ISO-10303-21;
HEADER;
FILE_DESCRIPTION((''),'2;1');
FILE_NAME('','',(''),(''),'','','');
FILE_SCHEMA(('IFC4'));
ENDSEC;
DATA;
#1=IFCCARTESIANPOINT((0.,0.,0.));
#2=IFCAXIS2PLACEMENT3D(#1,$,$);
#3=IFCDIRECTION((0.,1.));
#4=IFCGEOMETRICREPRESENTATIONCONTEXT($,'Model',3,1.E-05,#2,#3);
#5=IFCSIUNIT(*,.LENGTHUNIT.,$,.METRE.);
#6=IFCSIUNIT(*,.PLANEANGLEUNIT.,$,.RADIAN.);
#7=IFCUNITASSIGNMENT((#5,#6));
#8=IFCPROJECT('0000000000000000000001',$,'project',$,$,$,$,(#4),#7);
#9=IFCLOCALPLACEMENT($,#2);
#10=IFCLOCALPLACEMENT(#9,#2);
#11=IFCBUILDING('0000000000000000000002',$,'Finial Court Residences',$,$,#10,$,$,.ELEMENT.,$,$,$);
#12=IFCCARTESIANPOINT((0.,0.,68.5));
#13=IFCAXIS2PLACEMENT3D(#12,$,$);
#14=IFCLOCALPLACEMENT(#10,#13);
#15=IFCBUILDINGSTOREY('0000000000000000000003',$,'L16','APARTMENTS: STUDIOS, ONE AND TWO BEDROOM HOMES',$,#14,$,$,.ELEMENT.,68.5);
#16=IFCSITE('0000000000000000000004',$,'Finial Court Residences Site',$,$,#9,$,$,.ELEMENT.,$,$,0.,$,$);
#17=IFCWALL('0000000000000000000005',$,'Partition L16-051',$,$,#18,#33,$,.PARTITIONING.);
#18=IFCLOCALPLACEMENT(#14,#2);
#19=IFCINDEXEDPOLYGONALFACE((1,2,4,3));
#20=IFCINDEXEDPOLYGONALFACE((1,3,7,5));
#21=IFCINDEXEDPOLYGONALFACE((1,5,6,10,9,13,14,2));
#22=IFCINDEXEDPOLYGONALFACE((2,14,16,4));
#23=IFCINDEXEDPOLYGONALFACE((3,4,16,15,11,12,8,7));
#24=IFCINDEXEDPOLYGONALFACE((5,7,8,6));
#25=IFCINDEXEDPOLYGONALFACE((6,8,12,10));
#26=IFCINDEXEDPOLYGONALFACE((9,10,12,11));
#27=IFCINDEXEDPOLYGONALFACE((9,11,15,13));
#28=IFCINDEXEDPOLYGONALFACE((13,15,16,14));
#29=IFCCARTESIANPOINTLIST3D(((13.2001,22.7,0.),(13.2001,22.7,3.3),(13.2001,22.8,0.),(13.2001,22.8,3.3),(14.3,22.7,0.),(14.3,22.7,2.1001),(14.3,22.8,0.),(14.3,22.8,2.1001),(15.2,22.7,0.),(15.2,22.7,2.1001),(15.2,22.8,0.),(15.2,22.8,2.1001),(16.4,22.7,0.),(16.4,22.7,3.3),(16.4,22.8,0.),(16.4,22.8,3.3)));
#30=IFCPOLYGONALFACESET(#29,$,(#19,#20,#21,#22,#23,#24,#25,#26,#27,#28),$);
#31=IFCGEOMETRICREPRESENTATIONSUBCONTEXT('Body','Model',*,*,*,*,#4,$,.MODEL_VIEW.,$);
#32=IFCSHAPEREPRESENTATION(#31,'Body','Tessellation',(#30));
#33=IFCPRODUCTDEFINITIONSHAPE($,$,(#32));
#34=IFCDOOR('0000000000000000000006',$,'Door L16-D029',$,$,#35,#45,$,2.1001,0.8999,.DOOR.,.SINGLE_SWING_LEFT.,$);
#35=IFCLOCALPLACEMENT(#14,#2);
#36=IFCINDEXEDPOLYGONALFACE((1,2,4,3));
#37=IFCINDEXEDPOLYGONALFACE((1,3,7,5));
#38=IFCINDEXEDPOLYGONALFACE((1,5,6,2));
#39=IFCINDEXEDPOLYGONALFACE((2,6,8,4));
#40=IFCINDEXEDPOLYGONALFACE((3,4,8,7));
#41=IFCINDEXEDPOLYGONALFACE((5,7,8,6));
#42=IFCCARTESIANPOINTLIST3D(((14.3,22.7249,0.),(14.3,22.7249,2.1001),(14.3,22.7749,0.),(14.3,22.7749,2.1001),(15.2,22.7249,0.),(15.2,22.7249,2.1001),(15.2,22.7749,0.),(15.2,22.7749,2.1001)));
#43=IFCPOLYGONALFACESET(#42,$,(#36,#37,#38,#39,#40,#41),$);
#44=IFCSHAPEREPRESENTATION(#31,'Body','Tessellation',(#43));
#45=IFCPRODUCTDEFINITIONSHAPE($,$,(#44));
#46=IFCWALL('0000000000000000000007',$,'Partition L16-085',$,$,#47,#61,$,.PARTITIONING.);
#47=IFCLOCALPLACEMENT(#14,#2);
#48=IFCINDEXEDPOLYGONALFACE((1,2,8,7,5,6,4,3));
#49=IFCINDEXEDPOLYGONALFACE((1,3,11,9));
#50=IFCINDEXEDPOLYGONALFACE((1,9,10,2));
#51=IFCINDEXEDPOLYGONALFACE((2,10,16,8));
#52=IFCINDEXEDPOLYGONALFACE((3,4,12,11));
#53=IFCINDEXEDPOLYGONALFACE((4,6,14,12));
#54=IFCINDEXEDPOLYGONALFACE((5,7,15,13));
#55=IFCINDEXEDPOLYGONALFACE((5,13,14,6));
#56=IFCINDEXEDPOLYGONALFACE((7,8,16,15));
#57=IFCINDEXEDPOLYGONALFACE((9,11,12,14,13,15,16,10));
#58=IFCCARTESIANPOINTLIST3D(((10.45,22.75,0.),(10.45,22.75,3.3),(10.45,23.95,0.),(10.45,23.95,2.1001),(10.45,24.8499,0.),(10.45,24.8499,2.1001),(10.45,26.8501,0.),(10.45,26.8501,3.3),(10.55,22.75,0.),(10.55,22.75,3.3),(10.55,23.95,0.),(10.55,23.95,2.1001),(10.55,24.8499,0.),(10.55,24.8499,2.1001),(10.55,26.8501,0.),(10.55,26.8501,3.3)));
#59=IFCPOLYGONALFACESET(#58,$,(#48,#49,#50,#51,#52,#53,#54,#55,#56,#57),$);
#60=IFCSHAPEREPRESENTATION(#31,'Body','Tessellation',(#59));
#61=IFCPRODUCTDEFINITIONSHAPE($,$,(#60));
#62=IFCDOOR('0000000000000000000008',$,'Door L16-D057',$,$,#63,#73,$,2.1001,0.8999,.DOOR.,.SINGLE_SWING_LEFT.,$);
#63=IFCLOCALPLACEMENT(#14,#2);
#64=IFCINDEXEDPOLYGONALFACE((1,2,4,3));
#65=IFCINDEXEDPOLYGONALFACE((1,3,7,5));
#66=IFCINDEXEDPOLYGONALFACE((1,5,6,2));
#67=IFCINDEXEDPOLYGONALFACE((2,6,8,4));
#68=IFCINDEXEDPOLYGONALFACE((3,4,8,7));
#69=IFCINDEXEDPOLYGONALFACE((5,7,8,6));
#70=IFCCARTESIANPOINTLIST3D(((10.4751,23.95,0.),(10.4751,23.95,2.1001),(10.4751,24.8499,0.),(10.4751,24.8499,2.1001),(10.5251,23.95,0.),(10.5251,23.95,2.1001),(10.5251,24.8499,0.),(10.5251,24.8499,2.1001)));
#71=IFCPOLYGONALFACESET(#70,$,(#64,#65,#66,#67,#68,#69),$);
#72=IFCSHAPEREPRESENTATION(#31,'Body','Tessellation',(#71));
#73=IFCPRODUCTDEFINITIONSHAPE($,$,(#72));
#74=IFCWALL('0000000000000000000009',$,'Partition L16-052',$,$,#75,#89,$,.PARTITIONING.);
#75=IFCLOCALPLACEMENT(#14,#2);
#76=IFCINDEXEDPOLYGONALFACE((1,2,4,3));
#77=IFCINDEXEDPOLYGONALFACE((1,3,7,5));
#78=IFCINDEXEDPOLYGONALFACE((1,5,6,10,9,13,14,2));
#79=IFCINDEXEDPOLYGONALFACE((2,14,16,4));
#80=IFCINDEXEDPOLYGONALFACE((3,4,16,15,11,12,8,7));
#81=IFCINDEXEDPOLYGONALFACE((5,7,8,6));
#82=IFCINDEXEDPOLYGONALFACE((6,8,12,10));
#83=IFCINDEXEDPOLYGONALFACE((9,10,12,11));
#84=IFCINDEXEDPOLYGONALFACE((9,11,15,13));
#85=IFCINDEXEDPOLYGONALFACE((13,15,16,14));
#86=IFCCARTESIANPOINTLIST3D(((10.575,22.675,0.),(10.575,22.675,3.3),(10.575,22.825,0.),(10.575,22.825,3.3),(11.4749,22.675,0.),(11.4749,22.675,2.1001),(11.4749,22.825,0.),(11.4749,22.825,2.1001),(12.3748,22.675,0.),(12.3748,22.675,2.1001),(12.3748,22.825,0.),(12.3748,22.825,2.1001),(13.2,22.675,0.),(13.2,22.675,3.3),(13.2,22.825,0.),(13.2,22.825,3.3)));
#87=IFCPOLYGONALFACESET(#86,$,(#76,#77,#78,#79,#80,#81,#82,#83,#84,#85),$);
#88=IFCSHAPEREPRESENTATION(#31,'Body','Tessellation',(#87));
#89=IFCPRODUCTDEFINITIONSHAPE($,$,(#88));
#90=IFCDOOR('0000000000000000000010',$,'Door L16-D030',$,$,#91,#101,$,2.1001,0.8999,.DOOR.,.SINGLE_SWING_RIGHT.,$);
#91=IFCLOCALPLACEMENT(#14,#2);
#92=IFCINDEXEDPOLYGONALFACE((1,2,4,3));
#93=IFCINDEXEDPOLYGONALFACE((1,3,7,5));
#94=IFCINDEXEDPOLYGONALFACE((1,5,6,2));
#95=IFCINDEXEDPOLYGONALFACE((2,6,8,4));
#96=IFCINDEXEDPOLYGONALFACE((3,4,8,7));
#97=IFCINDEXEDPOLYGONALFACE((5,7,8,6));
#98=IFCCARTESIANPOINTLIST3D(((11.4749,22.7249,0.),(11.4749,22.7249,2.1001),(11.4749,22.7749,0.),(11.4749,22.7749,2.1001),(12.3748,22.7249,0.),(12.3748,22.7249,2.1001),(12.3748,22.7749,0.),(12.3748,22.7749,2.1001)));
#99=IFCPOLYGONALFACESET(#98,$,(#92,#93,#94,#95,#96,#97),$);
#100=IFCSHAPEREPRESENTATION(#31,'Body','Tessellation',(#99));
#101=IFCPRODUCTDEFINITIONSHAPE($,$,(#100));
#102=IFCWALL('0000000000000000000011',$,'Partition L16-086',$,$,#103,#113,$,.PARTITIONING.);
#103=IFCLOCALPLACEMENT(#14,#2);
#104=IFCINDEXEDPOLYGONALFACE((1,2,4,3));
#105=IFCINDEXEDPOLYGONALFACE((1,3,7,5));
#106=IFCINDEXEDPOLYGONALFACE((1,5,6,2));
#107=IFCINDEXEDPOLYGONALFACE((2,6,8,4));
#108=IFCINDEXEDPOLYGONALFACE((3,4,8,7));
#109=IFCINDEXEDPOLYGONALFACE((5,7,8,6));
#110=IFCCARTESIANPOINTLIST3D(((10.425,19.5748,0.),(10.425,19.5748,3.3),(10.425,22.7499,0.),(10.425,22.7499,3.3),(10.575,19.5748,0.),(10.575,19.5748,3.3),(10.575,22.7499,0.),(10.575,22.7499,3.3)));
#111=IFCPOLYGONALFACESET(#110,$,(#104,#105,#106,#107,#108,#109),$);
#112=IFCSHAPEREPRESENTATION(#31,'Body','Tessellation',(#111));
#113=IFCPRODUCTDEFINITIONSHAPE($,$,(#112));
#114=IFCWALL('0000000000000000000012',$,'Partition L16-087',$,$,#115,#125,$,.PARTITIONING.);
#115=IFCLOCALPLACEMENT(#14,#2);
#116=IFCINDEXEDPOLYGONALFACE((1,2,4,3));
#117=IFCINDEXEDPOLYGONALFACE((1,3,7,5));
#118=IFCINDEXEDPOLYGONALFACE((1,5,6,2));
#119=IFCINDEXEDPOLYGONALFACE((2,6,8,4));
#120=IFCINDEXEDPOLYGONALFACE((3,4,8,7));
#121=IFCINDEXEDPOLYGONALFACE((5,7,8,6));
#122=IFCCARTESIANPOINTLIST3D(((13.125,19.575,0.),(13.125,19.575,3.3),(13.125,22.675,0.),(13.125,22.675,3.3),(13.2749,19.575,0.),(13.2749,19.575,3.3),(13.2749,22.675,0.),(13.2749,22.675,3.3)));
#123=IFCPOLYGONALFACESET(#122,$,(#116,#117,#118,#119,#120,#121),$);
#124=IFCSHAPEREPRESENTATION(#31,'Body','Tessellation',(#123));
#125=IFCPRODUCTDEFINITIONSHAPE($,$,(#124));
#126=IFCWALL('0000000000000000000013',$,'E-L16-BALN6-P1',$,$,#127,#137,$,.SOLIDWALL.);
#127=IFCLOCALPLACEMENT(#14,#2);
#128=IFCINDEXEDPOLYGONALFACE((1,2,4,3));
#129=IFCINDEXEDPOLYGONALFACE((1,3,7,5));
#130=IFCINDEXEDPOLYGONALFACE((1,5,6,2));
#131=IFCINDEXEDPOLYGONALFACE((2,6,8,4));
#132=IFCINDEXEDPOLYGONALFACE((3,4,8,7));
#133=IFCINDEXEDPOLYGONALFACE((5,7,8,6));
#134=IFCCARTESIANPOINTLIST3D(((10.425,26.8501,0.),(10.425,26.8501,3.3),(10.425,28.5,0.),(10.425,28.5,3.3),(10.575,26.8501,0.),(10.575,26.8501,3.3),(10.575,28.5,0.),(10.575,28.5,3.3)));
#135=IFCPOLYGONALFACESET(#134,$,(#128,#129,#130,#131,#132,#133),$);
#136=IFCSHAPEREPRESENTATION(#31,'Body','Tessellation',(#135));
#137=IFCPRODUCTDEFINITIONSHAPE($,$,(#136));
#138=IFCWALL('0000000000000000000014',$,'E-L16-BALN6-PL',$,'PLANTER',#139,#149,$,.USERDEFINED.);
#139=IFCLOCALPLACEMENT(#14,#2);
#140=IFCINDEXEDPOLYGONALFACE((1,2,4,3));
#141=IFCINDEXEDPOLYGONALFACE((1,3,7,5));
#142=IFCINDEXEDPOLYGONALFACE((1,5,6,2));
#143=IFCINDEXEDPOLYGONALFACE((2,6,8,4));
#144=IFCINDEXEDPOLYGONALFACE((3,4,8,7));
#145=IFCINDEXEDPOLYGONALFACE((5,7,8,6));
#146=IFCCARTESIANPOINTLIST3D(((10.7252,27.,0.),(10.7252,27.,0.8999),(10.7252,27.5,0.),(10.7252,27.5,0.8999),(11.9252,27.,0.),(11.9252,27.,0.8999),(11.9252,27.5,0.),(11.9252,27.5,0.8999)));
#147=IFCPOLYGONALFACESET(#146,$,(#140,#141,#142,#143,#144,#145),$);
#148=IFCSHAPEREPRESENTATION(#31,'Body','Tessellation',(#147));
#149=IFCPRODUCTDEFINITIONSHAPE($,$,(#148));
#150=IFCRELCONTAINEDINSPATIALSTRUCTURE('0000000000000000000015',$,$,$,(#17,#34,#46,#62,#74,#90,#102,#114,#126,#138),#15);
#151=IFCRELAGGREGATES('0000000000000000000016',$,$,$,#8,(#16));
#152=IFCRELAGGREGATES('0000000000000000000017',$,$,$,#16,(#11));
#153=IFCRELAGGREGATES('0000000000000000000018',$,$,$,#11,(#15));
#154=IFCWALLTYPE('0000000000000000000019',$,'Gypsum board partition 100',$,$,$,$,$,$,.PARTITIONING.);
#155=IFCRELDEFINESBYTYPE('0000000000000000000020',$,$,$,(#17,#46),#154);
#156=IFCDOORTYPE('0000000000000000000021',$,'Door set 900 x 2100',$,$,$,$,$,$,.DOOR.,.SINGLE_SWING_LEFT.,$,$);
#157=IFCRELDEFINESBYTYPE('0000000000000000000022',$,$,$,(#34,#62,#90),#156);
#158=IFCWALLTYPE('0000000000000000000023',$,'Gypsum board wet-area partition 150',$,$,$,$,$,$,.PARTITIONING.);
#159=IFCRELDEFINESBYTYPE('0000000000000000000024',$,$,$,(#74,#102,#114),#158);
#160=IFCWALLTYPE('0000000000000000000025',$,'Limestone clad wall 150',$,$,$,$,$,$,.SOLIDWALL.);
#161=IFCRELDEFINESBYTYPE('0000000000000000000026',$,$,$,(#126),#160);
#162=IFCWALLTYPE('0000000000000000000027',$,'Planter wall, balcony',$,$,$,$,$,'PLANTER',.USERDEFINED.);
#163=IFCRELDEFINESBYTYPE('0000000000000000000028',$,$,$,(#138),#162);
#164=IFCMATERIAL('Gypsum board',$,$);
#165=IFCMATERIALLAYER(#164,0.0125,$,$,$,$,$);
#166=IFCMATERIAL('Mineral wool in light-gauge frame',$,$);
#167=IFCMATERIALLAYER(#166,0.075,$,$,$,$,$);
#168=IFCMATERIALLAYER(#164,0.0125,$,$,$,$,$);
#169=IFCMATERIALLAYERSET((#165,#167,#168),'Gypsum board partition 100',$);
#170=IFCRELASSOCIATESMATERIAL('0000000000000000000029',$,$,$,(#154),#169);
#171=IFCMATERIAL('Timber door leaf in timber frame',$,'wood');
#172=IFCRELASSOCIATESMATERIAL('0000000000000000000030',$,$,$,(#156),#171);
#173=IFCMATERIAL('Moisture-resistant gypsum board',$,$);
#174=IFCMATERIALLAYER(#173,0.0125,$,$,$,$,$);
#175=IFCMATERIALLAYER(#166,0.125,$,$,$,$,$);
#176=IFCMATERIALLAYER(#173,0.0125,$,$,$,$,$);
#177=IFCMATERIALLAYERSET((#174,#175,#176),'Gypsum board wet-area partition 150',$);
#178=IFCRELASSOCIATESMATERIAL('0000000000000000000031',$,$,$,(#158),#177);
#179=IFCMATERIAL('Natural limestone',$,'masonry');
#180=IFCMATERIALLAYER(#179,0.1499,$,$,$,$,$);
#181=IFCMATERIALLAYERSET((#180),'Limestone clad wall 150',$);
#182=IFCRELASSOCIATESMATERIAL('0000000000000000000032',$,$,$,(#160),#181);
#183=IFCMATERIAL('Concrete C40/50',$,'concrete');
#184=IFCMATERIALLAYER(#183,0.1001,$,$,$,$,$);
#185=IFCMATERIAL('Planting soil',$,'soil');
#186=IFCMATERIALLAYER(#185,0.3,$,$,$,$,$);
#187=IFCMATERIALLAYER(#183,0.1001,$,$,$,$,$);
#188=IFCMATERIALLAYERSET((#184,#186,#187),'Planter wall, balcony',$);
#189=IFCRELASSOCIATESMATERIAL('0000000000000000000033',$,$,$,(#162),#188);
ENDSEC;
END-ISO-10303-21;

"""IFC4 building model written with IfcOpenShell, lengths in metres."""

from ifc_helpers import new_model, si_unit, direction, frame, frame_2d, origin, place, context, subcontext, project, spatial, rectangle, extrude, material, layer, layer_set, type_object, element, fill, save


model = new_model("IFC4")

# Units and contexts
model_context = context("Model", 3, precision=1e-05, world=origin(), true_north=direction((0.0, 1.0)))
body_context = subcontext(model_context, "Body", "Model", "MODEL_VIEW")
ifc_project = project(units=[si_unit("LENGTHUNIT", "METRE"), si_unit("PLANEANGLEUNIT", "RADIAN")], contexts=[model_context])

# Site, building, storey
site_placement = place(None, origin())
site = spatial("IfcSite", under=ifc_project, at=site_placement, Name="Finial Court Residences Site", CompositionType="ELEMENT", RefElevation=0.0)
building_placement = place(site_placement, origin())
building = spatial("IfcBuilding", under=site, at=building_placement, Name="Finial Court Residences", CompositionType="ELEMENT")
storey_placement = place(building_placement, frame((0.0, 0.0, 68.5)))
storey = spatial("IfcBuildingStorey", under=building, at=storey_placement, Name="L16", Description="APARTMENTS: STUDIOS, ONE AND TWO BEDROOM HOMES", CompositionType="ELEMENT", Elevation=68.5)

# Shared definitions
ifc_material_1 = material(Name="Gypsum board")

# Walls, openings, doors
ifc_layer_1 = layer(ifc_material_1, 0.0125)
ifc_material_2 = material(Name="Mineral wool in light-gauge frame")
ifc_layer_2 = layer(ifc_material_2, 0.075)
ifc_layer_3 = layer(ifc_material_1, 0.0125)
ifc_layer_set_1 = layer_set([ifc_layer_1, ifc_layer_2, ifc_layer_3], Name="Gypsum board partition 100")
wall_type_1 = type_object("IfcWallType", Name="Gypsum board partition 100", PredefinedType="PARTITIONING", material=ifc_layer_set_1)
wall_1_placement = place(storey_placement, frame((13.2, 22.75, 0.0), z_axis=(0.0, 0.0, 1.0), x_axis=(1.0, 0.0, 0.0)))
wall_1 = element("IfcWall", 1, at=wall_1_placement, inside=storey, type_object=wall_type_1, Name="Partition L16-051", PredefinedType="PARTITIONING", context=body_context, shape_type="SweptSolid", body=[
    extrude(rectangle(XDim=3.2, YDim=0.1001, at=frame_2d((1.6001, 0.0))), origin(), (0.0, 0.0, 1.0), 3.3),
])
opening_1_placement = place(wall_1_placement, frame((1.1001, 0.0, 0.0)))
opening_1 = element("IfcOpeningElement", 2, at=opening_1_placement, cuts=wall_1, PredefinedType="OPENING", context=body_context, shape_type="SweptSolid", body=[
    extrude(rectangle(XDim=0.8999, YDim=2.1001, at=frame_2d((0.45, 1.05))), frame((0.0, 0.0601, 0.0), z_axis=(0.0, -1.0, 0.0), x_axis=(1.0, 0.0, 0.0)), (0.0, 0.0, 1.0), 0.1201),
])
ifc_material_3 = material(Name="Timber door leaf in timber frame", Category="wood")
door_type_1 = type_object("IfcDoorType", Name="Door set 900 x 2100", OperationType="SINGLE_SWING_LEFT", PredefinedType="DOOR", material=ifc_material_3)
door_1_placement = place(opening_1_placement, origin())
door_1 = element("IfcDoor", 3, at=door_1_placement, inside=storey, type_object=door_type_1, Name="Door L16-D029", OperationType="SINGLE_SWING_LEFT", OverallHeight=2.1001, OverallWidth=0.8999, PredefinedType="DOOR", context=body_context, shape_type="SweptSolid", body=[
    extrude(rectangle(XDim=0.8999, YDim=2.1001, at=frame_2d((0.45, 1.05))), frame((0.0, 0.0249, 0.0), z_axis=(0.0, -1.0, 0.0), x_axis=(1.0, 0.0, 0.0)), (0.0, 0.0, 1.0), 0.05),
])
fill(opening_1, door_1)
wall_2_placement = place(storey_placement, frame((10.5, 22.75, 0.0), z_axis=(0.0, 0.0, 1.0), x_axis=(0.0, 1.0, 0.0)))
wall_2 = element("IfcWall", 4, at=wall_2_placement, inside=storey, type_object=wall_type_1, Name="Partition L16-085", PredefinedType="PARTITIONING", context=body_context, shape_type="SweptSolid", body=[
    extrude(rectangle(XDim=4.1001, YDim=0.1001, at=frame_2d((2.05, 0.0))), origin(), (0.0, 0.0, 1.0), 3.3),
])
opening_2_placement = place(wall_2_placement, frame((1.2, 0.0, 0.0)))
opening_2 = element("IfcOpeningElement", 5, at=opening_2_placement, cuts=wall_2, PredefinedType="OPENING", context=body_context, shape_type="SweptSolid", body=[
    extrude(rectangle(XDim=0.8999, YDim=2.1001, at=frame_2d((0.45, 1.05))), frame((0.0, 0.0601, 0.0), z_axis=(0.0, -1.0, 0.0), x_axis=(1.0, 0.0, 0.0)), (0.0, 0.0, 1.0), 0.1201),
])
door_2_placement = place(opening_2_placement, origin())
door_2 = element("IfcDoor", 6, at=door_2_placement, inside=storey, type_object=door_type_1, Name="Door L16-D057", OperationType="SINGLE_SWING_LEFT", OverallHeight=2.1001, OverallWidth=0.8999, PredefinedType="DOOR", context=body_context, shape_type="SweptSolid", body=[
    extrude(rectangle(XDim=0.8999, YDim=2.1001, at=frame_2d((0.45, 1.05))), frame((0.0, 0.0249, 0.0), z_axis=(0.0, -1.0, 0.0), x_axis=(1.0, 0.0, 0.0)), (0.0, 0.0, 1.0), 0.05),
])
fill(opening_2, door_2)
ifc_material_4 = material(Name="Moisture-resistant gypsum board")
ifc_layer_4 = layer(ifc_material_4, 0.0125)
ifc_layer_5 = layer(ifc_material_2, 0.125)
ifc_layer_6 = layer(ifc_material_4, 0.0125)
ifc_layer_set_2 = layer_set([ifc_layer_4, ifc_layer_5, ifc_layer_6], Name="Gypsum board wet-area partition 150")
wall_type_2 = type_object("IfcWallType", Name="Gypsum board wet-area partition 150", PredefinedType="PARTITIONING", material=ifc_layer_set_2)
wall_3_placement = place(storey_placement, frame((10.575, 22.75, 0.0), z_axis=(0.0, 0.0, 1.0), x_axis=(1.0, 0.0, 0.0)))
wall_3 = element("IfcWall", 7, at=wall_3_placement, inside=storey, type_object=wall_type_2, Name="Partition L16-052", PredefinedType="PARTITIONING", context=body_context, shape_type="SweptSolid", body=[
    extrude(rectangle(XDim=2.625, YDim=0.1499, at=frame_2d((1.3125, 0.0))), origin(), (0.0, 0.0, 1.0), 3.3),
])
opening_3_placement = place(wall_3_placement, frame((0.8999, 0.0, 0.0)))
opening_3 = element("IfcOpeningElement", 8, at=opening_3_placement, cuts=wall_3, PredefinedType="OPENING", context=body_context, shape_type="SweptSolid", body=[
    extrude(rectangle(XDim=0.8999, YDim=2.1001, at=frame_2d((0.45, 1.05))), frame((0.0, 0.085, 0.0), z_axis=(0.0, -1.0, 0.0), x_axis=(1.0, 0.0, 0.0)), (0.0, 0.0, 1.0), 0.1699),
])
door_3_placement = place(opening_3_placement, origin())
door_3 = element("IfcDoor", 9, at=door_3_placement, inside=storey, type_object=door_type_1, Name="Door L16-D030", OperationType="SINGLE_SWING_RIGHT", OverallHeight=2.1001, OverallWidth=0.8999, PredefinedType="DOOR", context=body_context, shape_type="SweptSolid", body=[
    extrude(rectangle(XDim=0.8999, YDim=2.1001, at=frame_2d((0.45, 1.05))), frame((0.0, 0.0249, 0.0), z_axis=(0.0, -1.0, 0.0), x_axis=(1.0, 0.0, 0.0)), (0.0, 0.0, 1.0), 0.05),
])
fill(opening_3, door_3)

# Walls
wall_4_placement = place(storey_placement, frame((10.5, 19.575, 0.0), z_axis=(0.0, 0.0, 1.0), x_axis=(0.0, 1.0, 0.0)))
element("IfcWall", 10, at=wall_4_placement, inside=storey, type_object=wall_type_2, Name="Partition L16-086", PredefinedType="PARTITIONING", context=body_context, shape_type="SweptSolid", body=[
    extrude(rectangle(XDim=3.175, YDim=0.1499, at=frame_2d((1.5874, 0.0))), origin(), (0.0, 0.0, 1.0), 3.3),
])
wall_5_placement = place(storey_placement, frame((13.2, 19.575, 0.0), z_axis=(0.0, 0.0, 1.0), x_axis=(0.0, 1.0, 0.0)))
element("IfcWall", 11, at=wall_5_placement, inside=storey, type_object=wall_type_2, Name="Partition L16-087", PredefinedType="PARTITIONING", context=body_context, shape_type="SweptSolid", body=[
    extrude(rectangle(XDim=3.1001, YDim=0.1499, at=frame_2d((1.55, 0.0))), origin(), (0.0, 0.0, 1.0), 3.3),
])
ifc_material_5 = material(Name="Natural limestone", Category="masonry")
ifc_layer_7 = layer(ifc_material_5, 0.1499)
ifc_layer_set_3 = layer_set([ifc_layer_7], Name="Limestone clad wall 150")
wall_type_3 = type_object("IfcWallType", Name="Limestone clad wall 150", PredefinedType="SOLIDWALL", material=ifc_layer_set_3)
wall_6_placement = place(storey_placement, frame((10.5, 26.8501, 0.0), z_axis=(0.0, 0.0, 1.0), x_axis=(0.0, 1.0, 0.0)))
element("IfcWall", 12, at=wall_6_placement, inside=storey, type_object=wall_type_3, Name="E-L16-BALN6-P1", PredefinedType="SOLIDWALL", context=body_context, shape_type="SweptSolid", body=[
    extrude(rectangle(XDim=1.6499, YDim=0.1499, at=frame_2d((0.825, 0.0))), origin(), (0.0, 0.0, 1.0), 3.3),
])

# Wall
ifc_material_6 = material(Name="Concrete C40/50", Category="concrete")
ifc_layer_8 = layer(ifc_material_6, 0.1001)
ifc_material_7 = material(Name="Planting soil", Category="soil")
ifc_layer_9 = layer(ifc_material_7, 0.3)
ifc_layer_10 = layer(ifc_material_6, 0.1001)
ifc_layer_set_4 = layer_set([ifc_layer_8, ifc_layer_9, ifc_layer_10], Name="Planter wall, balcony")
wall_type_4 = type_object("IfcWallType", Name="Planter wall, balcony", ElementType="PLANTER", PredefinedType="USERDEFINED", material=ifc_layer_set_4)
wall_7_placement = place(storey_placement, frame((10.7251, 27.25, 0.0), z_axis=(0.0, 0.0, 1.0), x_axis=(1.0, 0.0, 0.0)))
element("IfcWall", 13, at=wall_7_placement, inside=storey, type_object=wall_type_4, Name="E-L16-BALN6-PL", ObjectType="PLANTER", PredefinedType="USERDEFINED", context=body_context, shape_type="SweptSolid", body=[
    extrude(rectangle(XDim=1.2, YDim=0.5, at=frame_2d((0.6001, 0.0))), origin(), (0.0, 0.0, 1.0), 0.8999),
])

save(model, "model.ifc")
